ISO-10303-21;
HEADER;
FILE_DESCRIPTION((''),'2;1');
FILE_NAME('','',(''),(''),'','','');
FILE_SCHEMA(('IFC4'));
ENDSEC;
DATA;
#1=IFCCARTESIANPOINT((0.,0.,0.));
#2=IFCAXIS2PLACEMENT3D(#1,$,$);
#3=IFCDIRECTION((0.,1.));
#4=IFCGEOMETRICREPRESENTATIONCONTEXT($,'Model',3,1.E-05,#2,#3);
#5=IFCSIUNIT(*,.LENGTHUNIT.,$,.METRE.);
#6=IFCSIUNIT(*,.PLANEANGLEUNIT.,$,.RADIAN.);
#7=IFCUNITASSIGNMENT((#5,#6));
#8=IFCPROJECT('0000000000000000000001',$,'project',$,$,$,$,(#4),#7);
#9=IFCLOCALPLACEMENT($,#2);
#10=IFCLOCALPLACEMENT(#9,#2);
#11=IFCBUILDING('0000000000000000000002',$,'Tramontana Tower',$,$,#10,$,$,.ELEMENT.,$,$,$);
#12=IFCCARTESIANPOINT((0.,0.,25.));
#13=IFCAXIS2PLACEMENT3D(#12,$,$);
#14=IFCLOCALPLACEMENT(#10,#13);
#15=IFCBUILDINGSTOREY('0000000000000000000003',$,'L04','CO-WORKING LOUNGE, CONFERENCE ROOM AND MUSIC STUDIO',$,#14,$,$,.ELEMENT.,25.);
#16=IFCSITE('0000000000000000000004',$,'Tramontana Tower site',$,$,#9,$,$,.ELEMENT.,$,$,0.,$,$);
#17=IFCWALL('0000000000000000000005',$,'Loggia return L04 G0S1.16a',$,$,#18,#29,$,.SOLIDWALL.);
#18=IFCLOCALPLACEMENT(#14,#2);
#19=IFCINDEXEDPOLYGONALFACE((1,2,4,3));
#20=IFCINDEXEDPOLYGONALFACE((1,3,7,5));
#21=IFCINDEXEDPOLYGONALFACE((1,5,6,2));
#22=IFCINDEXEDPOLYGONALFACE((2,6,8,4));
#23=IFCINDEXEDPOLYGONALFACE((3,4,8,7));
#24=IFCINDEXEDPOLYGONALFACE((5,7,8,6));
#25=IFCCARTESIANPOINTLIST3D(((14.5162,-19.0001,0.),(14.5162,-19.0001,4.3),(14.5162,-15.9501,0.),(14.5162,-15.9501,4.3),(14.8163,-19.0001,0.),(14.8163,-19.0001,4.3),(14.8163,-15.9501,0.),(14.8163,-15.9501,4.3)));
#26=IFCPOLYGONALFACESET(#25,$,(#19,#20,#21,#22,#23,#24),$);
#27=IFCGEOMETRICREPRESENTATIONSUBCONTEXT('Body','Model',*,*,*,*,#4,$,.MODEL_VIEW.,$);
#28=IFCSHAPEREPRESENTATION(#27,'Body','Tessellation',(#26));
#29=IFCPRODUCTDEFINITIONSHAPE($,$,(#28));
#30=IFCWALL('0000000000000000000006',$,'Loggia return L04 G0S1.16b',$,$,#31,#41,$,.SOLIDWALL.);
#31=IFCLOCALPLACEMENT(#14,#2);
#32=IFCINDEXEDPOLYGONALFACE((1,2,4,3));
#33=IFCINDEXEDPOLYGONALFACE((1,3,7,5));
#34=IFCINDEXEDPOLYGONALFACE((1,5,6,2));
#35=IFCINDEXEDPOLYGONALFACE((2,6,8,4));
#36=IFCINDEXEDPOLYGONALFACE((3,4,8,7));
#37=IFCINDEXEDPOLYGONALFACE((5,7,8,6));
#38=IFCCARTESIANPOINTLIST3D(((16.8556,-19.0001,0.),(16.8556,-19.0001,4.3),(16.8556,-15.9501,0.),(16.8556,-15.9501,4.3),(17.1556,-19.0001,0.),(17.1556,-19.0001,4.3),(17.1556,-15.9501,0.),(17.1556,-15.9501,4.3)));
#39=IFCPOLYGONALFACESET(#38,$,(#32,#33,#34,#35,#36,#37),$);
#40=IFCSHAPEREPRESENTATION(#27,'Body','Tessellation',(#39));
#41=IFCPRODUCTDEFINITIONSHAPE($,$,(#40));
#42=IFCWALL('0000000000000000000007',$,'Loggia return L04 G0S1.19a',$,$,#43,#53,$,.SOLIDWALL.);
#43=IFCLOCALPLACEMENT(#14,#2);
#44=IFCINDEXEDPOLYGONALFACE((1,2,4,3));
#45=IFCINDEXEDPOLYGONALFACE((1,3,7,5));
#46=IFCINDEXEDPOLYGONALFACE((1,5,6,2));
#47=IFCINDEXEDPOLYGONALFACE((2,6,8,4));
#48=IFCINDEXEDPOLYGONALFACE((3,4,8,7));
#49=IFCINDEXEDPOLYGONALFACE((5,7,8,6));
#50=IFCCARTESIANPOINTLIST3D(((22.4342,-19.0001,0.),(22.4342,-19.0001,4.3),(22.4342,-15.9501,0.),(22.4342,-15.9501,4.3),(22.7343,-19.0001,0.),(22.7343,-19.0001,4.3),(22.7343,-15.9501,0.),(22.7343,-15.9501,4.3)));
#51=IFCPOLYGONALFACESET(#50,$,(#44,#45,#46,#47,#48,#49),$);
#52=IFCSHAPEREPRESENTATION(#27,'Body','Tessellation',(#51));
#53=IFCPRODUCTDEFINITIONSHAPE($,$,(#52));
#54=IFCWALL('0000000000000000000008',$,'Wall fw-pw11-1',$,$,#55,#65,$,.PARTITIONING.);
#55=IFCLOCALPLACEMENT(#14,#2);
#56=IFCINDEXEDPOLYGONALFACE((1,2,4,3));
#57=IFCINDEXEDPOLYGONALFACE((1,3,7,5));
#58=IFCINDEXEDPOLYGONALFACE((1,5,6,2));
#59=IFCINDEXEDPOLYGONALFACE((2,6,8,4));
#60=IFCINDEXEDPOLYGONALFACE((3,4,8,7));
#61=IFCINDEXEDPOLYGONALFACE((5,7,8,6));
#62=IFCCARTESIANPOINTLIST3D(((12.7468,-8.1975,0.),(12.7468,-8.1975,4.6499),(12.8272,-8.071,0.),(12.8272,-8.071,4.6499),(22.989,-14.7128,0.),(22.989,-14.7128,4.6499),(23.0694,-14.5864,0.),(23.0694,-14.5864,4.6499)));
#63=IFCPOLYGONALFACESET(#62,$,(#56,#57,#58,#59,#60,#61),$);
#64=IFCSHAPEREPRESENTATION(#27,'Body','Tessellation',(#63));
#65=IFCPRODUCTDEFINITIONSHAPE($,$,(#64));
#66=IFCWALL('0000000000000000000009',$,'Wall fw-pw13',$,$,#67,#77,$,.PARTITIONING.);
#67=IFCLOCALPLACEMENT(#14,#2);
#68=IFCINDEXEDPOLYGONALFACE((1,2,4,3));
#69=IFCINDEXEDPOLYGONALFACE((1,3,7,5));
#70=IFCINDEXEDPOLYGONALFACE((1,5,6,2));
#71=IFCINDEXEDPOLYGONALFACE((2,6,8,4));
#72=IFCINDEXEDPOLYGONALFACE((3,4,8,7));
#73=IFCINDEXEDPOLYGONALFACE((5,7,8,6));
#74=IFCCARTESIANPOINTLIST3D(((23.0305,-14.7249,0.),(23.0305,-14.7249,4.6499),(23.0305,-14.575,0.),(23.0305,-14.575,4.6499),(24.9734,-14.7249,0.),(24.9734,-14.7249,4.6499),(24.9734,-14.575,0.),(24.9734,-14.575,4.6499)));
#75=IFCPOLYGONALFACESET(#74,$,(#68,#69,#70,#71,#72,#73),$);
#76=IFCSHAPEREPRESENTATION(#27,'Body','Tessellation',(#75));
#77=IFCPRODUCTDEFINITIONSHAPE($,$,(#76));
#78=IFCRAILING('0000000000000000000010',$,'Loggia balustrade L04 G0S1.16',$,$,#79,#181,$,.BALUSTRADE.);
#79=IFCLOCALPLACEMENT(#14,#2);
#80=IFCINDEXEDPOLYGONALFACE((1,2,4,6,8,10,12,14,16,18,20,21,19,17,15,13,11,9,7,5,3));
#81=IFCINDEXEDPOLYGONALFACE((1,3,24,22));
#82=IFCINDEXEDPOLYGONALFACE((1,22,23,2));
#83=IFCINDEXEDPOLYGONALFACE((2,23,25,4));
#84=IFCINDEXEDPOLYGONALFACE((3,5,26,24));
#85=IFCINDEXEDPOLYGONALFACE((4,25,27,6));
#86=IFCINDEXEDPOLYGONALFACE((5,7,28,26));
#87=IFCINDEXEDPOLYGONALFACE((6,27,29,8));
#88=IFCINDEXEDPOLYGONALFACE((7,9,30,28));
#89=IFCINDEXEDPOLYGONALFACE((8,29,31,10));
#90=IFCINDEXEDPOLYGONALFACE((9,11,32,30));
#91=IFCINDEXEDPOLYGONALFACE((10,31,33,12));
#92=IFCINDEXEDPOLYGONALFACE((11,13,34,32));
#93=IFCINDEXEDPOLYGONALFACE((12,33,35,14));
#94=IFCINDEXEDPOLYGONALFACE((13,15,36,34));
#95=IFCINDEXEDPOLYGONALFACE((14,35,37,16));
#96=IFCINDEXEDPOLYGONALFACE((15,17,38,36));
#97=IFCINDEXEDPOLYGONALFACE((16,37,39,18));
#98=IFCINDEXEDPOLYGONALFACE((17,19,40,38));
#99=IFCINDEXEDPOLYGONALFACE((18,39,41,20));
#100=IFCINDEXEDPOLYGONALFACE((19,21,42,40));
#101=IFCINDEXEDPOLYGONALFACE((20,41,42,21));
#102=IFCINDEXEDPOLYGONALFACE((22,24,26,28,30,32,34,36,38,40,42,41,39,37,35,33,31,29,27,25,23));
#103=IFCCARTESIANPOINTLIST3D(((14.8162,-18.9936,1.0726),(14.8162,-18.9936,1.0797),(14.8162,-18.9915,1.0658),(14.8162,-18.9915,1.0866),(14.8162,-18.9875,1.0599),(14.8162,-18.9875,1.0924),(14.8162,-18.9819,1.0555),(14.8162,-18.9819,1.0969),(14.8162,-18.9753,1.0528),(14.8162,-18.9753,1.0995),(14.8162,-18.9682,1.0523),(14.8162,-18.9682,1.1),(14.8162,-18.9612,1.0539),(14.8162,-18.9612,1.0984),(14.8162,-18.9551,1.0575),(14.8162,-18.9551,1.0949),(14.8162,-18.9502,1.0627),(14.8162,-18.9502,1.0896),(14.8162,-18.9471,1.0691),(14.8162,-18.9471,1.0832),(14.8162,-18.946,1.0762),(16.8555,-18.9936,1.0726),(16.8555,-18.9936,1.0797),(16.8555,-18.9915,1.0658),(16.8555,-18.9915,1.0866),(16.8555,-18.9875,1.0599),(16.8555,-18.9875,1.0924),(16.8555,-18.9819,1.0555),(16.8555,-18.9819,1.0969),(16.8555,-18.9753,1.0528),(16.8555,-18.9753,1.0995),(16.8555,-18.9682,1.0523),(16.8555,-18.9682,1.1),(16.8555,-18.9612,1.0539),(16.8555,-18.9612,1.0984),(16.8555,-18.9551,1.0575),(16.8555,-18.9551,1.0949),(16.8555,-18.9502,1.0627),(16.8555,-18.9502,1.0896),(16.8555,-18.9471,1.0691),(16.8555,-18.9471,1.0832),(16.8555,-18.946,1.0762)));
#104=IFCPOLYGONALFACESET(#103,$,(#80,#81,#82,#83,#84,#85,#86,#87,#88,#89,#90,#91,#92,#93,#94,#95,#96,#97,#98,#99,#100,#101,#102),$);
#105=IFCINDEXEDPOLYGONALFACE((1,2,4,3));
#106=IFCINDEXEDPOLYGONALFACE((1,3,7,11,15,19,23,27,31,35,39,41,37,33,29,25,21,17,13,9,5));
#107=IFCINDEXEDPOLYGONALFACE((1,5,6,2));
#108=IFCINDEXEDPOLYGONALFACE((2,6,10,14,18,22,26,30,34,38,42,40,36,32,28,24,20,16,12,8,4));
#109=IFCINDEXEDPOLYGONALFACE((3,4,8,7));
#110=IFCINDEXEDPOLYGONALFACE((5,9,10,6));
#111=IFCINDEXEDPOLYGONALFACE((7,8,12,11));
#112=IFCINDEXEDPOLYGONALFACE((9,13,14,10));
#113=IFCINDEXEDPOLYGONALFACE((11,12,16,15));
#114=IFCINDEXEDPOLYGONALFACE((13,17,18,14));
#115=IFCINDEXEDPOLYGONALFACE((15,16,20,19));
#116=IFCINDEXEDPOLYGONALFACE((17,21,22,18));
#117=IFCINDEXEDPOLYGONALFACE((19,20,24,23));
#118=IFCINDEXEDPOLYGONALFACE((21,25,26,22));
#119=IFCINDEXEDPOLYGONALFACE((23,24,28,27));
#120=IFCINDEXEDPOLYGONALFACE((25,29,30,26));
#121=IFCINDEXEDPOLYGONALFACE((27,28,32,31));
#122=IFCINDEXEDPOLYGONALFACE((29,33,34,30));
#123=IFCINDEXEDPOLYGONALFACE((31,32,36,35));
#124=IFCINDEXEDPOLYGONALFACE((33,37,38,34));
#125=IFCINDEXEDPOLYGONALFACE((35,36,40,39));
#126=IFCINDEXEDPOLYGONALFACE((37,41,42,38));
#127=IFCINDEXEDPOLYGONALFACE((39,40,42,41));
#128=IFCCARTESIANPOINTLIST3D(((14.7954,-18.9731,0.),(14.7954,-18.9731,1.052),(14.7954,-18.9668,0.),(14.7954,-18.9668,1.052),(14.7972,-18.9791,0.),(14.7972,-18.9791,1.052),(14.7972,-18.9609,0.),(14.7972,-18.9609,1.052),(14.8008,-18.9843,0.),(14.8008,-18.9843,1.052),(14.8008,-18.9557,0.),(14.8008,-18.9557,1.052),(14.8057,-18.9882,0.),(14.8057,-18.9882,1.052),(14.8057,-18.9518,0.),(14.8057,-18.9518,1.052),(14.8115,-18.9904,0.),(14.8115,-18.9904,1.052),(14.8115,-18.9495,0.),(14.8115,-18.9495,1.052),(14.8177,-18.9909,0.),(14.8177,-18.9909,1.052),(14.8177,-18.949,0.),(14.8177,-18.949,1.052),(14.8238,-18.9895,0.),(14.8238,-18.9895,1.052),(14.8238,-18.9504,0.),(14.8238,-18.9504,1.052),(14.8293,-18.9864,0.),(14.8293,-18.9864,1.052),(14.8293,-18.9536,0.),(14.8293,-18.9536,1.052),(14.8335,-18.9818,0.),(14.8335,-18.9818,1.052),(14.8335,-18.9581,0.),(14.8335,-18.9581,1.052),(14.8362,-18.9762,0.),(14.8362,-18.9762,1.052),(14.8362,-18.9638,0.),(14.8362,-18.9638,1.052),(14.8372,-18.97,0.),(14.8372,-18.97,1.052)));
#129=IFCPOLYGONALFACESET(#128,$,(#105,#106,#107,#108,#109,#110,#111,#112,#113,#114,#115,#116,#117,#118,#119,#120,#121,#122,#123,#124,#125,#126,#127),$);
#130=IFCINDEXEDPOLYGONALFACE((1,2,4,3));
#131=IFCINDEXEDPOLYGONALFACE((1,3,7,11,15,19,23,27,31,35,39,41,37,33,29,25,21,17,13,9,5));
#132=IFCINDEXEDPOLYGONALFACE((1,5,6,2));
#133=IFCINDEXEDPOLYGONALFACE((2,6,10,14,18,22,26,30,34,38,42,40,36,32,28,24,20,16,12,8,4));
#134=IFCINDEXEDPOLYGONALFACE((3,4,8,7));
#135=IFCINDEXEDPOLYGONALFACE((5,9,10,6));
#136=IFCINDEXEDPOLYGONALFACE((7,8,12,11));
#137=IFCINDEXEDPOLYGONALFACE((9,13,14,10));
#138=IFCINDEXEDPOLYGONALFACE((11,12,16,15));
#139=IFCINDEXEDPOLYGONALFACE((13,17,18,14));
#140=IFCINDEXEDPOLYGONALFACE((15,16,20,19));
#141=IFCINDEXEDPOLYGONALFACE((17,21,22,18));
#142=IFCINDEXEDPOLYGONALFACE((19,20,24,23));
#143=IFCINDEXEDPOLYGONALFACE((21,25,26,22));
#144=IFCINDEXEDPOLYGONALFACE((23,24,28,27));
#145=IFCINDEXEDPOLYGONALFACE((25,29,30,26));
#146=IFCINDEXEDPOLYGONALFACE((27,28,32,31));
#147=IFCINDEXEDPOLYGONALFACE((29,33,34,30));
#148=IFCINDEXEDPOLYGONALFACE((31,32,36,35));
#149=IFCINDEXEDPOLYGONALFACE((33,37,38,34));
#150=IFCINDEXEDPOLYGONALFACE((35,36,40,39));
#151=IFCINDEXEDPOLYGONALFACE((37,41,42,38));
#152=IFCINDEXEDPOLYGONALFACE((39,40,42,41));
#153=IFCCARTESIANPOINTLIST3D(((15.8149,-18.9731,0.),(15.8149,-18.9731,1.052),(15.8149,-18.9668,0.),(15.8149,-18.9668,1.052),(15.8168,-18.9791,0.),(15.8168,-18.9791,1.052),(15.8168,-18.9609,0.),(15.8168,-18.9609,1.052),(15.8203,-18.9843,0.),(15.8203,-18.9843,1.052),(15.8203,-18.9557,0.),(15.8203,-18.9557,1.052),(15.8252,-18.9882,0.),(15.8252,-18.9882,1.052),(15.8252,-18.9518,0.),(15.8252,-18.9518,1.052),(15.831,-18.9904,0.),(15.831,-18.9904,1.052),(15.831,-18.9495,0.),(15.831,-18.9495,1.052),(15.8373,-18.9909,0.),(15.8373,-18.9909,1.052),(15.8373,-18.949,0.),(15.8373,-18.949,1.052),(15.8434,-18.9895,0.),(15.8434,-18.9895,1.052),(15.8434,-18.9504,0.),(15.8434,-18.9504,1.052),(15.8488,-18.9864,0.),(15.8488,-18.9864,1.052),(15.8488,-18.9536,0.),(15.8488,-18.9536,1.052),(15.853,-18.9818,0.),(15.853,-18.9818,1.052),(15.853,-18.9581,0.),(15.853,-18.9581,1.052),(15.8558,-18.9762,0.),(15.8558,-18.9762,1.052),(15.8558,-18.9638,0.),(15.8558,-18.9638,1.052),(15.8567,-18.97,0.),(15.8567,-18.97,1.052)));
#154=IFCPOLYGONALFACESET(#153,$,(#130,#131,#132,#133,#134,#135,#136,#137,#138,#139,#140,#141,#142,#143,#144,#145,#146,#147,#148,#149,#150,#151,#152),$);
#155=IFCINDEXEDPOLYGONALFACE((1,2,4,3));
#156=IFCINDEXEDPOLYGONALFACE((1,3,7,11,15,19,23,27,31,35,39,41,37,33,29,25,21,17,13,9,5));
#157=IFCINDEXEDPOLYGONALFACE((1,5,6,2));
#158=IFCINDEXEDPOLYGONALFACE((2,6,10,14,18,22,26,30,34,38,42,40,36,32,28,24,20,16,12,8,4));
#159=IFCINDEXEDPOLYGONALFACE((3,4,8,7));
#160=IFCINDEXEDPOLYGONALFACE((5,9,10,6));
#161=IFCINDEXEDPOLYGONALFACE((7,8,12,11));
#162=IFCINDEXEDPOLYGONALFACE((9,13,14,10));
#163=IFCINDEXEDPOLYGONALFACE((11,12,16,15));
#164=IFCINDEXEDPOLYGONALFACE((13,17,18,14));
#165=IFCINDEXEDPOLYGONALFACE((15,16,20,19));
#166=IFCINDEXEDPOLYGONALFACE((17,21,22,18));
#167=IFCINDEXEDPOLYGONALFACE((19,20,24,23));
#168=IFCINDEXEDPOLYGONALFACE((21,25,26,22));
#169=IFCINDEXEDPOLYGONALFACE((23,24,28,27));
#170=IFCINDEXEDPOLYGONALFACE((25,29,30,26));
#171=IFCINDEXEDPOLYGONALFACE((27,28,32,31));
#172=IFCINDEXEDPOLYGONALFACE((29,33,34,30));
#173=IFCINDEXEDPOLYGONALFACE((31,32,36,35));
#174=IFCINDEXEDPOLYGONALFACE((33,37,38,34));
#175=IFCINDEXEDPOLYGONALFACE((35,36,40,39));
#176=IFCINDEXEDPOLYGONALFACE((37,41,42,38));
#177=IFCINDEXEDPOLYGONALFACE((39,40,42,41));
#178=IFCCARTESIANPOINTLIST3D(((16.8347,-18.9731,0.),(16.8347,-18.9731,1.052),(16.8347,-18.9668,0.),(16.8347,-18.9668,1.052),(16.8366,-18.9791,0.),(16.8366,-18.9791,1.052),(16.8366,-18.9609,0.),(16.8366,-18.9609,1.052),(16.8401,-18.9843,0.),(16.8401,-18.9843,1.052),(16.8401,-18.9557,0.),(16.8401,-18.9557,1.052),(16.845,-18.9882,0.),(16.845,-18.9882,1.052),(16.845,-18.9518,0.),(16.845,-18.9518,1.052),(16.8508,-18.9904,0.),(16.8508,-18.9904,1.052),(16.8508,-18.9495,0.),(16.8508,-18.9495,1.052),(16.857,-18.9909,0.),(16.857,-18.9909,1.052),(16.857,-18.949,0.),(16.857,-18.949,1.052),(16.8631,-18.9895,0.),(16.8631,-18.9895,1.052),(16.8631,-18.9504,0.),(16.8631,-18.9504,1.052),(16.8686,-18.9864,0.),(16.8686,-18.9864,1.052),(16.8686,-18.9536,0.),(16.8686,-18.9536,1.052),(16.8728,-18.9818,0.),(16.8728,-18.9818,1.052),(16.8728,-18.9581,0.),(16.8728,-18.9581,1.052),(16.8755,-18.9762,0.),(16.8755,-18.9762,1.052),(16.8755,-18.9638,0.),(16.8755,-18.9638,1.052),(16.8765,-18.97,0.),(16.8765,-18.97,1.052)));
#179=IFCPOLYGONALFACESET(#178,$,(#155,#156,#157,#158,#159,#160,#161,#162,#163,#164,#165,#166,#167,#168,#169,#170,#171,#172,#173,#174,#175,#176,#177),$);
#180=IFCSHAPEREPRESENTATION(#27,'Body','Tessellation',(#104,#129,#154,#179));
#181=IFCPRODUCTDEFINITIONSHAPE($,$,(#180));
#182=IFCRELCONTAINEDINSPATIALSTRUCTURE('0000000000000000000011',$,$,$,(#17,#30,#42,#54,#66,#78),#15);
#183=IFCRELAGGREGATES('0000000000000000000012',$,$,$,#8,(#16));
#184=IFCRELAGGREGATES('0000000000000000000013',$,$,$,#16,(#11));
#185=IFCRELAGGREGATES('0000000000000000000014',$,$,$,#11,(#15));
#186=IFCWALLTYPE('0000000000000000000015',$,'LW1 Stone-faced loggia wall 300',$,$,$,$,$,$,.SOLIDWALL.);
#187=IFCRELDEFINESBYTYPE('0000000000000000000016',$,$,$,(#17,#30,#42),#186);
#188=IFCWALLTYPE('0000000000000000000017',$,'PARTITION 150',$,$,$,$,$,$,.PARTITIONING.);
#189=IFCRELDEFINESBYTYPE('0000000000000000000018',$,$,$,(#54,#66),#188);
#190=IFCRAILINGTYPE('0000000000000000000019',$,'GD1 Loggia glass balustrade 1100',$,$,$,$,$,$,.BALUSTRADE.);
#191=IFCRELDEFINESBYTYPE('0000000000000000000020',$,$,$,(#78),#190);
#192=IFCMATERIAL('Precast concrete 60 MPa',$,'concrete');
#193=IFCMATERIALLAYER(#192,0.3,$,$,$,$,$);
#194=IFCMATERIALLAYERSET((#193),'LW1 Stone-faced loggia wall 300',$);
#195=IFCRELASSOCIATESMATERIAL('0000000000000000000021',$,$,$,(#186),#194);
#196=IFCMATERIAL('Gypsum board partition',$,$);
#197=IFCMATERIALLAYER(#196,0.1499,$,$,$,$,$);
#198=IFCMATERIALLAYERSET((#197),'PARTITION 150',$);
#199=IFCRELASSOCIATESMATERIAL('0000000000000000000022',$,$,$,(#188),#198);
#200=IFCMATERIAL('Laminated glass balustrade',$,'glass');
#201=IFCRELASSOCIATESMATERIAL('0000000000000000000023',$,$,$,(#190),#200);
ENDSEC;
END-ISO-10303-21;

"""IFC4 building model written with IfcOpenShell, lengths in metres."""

from ifc_helpers import new_model, si_unit, direction, frame, frame_2d, origin, origin_2d, place, context, subcontext, project, spatial, rectangle, circle, extrude, material, layer, layer_set, type_object, element, save


model = new_model("IFC4")

# Units and contexts
model_context = context("Model", 3, precision=1e-05, world=origin(), true_north=direction((0.0, 1.0)))
body_context = subcontext(model_context, "Body", "Model", "MODEL_VIEW")
ifc_project = project(units=[si_unit("LENGTHUNIT", "METRE"), si_unit("PLANEANGLEUNIT", "RADIAN")], contexts=[model_context])

# Site, building, storey
site_placement = place(None, origin())
site = spatial("IfcSite", under=ifc_project, at=site_placement, Name="Tramontana Tower site", CompositionType="ELEMENT", RefElevation=0.0)
building_placement = place(site_placement, origin())
building = spatial("IfcBuilding", under=site, at=building_placement, Name="Tramontana Tower", CompositionType="ELEMENT")
storey_placement = place(building_placement, frame((0.0, 0.0, 25.0)))
storey = spatial("IfcBuildingStorey", under=building, at=storey_placement, Name="L04", Description="CO-WORKING LOUNGE, CONFERENCE ROOM AND MUSIC STUDIO", CompositionType="ELEMENT", Elevation=25.0)

# Shared definitions
ifc_material_1 = material(Name="Precast concrete 60 MPa", Category="concrete")
ifc_layer_1 = layer(ifc_material_1, 0.3)
ifc_layer_set_1 = layer_set([ifc_layer_1], Name="LW1 Stone-faced loggia wall 300")
wall_type_1 = type_object("IfcWallType", Name="LW1 Stone-faced loggia wall 300", PredefinedType="SOLIDWALL", material=ifc_layer_set_1)

# Walls
for number, where, z_axis, x_axis, name in (
    (1, (14.6663, -19.0, 0.0), (0.0, 0.0, 1.0), (0.0, 1.0, 0.0), "Loggia return L04 G0S1.16a"),
    (2, (17.0056, -19.0, 0.0), (0.0, 0.0, 1.0), (0.0, 1.0, 0.0), "Loggia return L04 G0S1.16b"),
):
    element("IfcWall", number, at=place(storey_placement, frame(where, z_axis=z_axis, x_axis=x_axis)), inside=storey, type_object=wall_type_1, Name=name, PredefinedType="SOLIDWALL", context=body_context, shape_type="SweptSolid", body=[
        extrude(rectangle(XDim=3.05, YDim=0.3, at=frame_2d((1.5249, 0.0))), origin(), (0.0, 0.0, 1.0), 4.3),
    ])

# Walls
wall_1_placement = place(storey_placement, frame((22.5842, -19.0, 0.0), z_axis=(0.0, 0.0, 1.0), x_axis=(0.0, 1.0, 0.0)))
element("IfcWall", 3, at=wall_1_placement, inside=storey, type_object=wall_type_1, Name="Loggia return L04 G0S1.19a", PredefinedType="SOLIDWALL", context=body_context, shape_type="SweptSolid", body=[
    extrude(rectangle(XDim=3.05, YDim=0.3, at=frame_2d((1.5249, 0.0))), origin(), (0.0, 0.0, 1.0), 4.3),
])
ifc_material_2 = material(Name="Gypsum board partition")
ifc_layer_2 = layer(ifc_material_2, 0.1499)
ifc_layer_set_2 = layer_set([ifc_layer_2], Name="PARTITION 150")
wall_type_2 = type_object("IfcWallType", Name="PARTITION 150", PredefinedType="PARTITIONING", material=ifc_layer_set_2)
wall_2_placement = place(storey_placement, frame((12.7871, -8.1343, 0.0), z_axis=(0.0, 0.0, 1.0), x_axis=(0.84375, -0.536736, 0.0)))
element("IfcWall", 4, at=wall_2_placement, inside=storey, type_object=wall_type_2, Name="Wall fw-pw11-1", PredefinedType="PARTITIONING", context=body_context, shape_type="SweptSolid", body=[
    extrude(rectangle(XDim=12.1389, YDim=0.1499, at=frame_2d((6.0693, 0.0))), origin(), (0.0, 0.0, 1.0), 4.6499),
])
wall_3_placement = place(storey_placement, frame((23.0305, -14.6499, 0.0), z_axis=(0.0, 0.0, 1.0), x_axis=(1.0, 0.0, 0.0)))
element("IfcWall", 5, at=wall_3_placement, inside=storey, type_object=wall_type_2, Name="Wall fw-pw13", PredefinedType="PARTITIONING", context=body_context, shape_type="SweptSolid", body=[
    extrude(rectangle(XDim=1.9429, YDim=0.1499, at=frame_2d((0.9714, 0.0))), origin(), (0.0, 0.0, 1.0), 4.6499),
])

# Railing
ifc_material_3 = material(Name="Laminated glass balustrade", Category="glass")
railing_type = type_object("IfcRailingType", Name="GD1 Loggia glass balustrade 1100", PredefinedType="BALUSTRADE", material=ifc_material_3)
for number, where, name in (
    (6, (14.8162, -18.97, 0.0), "Loggia balustrade L04 G0S1.16"),
):
    element("IfcRailing", number, at=place(storey_placement, frame(where)), inside=storey, type_object=railing_type, Name=name, PredefinedType="BALUSTRADE", context=body_context, shape_type="SweptSolid", body=[
        extrude(circle(Radius=0.0239, at=origin_2d()), frame((0.0, 0.0, 1.0762), z_axis=(1.0, 0.0, 0.0), x_axis=(0.0, 1.0, 0.0)), (0.0, 0.0, 1.0), 2.0393),
        extrude(circle(Radius=0.021, at=origin_2d()), origin(), (0.0, 0.0, 1.0), 1.052),
        extrude(circle(Radius=0.021, at=origin_2d()), frame((1.0195, 0.0, 0.0)), (0.0, 0.0, 1.0), 1.052),
        extrude(circle(Radius=0.021, at=origin_2d()), frame((2.0393, 0.0, 0.0)), (0.0, 0.0, 1.0), 1.052),
    ])

save(model, "model.ifc")
